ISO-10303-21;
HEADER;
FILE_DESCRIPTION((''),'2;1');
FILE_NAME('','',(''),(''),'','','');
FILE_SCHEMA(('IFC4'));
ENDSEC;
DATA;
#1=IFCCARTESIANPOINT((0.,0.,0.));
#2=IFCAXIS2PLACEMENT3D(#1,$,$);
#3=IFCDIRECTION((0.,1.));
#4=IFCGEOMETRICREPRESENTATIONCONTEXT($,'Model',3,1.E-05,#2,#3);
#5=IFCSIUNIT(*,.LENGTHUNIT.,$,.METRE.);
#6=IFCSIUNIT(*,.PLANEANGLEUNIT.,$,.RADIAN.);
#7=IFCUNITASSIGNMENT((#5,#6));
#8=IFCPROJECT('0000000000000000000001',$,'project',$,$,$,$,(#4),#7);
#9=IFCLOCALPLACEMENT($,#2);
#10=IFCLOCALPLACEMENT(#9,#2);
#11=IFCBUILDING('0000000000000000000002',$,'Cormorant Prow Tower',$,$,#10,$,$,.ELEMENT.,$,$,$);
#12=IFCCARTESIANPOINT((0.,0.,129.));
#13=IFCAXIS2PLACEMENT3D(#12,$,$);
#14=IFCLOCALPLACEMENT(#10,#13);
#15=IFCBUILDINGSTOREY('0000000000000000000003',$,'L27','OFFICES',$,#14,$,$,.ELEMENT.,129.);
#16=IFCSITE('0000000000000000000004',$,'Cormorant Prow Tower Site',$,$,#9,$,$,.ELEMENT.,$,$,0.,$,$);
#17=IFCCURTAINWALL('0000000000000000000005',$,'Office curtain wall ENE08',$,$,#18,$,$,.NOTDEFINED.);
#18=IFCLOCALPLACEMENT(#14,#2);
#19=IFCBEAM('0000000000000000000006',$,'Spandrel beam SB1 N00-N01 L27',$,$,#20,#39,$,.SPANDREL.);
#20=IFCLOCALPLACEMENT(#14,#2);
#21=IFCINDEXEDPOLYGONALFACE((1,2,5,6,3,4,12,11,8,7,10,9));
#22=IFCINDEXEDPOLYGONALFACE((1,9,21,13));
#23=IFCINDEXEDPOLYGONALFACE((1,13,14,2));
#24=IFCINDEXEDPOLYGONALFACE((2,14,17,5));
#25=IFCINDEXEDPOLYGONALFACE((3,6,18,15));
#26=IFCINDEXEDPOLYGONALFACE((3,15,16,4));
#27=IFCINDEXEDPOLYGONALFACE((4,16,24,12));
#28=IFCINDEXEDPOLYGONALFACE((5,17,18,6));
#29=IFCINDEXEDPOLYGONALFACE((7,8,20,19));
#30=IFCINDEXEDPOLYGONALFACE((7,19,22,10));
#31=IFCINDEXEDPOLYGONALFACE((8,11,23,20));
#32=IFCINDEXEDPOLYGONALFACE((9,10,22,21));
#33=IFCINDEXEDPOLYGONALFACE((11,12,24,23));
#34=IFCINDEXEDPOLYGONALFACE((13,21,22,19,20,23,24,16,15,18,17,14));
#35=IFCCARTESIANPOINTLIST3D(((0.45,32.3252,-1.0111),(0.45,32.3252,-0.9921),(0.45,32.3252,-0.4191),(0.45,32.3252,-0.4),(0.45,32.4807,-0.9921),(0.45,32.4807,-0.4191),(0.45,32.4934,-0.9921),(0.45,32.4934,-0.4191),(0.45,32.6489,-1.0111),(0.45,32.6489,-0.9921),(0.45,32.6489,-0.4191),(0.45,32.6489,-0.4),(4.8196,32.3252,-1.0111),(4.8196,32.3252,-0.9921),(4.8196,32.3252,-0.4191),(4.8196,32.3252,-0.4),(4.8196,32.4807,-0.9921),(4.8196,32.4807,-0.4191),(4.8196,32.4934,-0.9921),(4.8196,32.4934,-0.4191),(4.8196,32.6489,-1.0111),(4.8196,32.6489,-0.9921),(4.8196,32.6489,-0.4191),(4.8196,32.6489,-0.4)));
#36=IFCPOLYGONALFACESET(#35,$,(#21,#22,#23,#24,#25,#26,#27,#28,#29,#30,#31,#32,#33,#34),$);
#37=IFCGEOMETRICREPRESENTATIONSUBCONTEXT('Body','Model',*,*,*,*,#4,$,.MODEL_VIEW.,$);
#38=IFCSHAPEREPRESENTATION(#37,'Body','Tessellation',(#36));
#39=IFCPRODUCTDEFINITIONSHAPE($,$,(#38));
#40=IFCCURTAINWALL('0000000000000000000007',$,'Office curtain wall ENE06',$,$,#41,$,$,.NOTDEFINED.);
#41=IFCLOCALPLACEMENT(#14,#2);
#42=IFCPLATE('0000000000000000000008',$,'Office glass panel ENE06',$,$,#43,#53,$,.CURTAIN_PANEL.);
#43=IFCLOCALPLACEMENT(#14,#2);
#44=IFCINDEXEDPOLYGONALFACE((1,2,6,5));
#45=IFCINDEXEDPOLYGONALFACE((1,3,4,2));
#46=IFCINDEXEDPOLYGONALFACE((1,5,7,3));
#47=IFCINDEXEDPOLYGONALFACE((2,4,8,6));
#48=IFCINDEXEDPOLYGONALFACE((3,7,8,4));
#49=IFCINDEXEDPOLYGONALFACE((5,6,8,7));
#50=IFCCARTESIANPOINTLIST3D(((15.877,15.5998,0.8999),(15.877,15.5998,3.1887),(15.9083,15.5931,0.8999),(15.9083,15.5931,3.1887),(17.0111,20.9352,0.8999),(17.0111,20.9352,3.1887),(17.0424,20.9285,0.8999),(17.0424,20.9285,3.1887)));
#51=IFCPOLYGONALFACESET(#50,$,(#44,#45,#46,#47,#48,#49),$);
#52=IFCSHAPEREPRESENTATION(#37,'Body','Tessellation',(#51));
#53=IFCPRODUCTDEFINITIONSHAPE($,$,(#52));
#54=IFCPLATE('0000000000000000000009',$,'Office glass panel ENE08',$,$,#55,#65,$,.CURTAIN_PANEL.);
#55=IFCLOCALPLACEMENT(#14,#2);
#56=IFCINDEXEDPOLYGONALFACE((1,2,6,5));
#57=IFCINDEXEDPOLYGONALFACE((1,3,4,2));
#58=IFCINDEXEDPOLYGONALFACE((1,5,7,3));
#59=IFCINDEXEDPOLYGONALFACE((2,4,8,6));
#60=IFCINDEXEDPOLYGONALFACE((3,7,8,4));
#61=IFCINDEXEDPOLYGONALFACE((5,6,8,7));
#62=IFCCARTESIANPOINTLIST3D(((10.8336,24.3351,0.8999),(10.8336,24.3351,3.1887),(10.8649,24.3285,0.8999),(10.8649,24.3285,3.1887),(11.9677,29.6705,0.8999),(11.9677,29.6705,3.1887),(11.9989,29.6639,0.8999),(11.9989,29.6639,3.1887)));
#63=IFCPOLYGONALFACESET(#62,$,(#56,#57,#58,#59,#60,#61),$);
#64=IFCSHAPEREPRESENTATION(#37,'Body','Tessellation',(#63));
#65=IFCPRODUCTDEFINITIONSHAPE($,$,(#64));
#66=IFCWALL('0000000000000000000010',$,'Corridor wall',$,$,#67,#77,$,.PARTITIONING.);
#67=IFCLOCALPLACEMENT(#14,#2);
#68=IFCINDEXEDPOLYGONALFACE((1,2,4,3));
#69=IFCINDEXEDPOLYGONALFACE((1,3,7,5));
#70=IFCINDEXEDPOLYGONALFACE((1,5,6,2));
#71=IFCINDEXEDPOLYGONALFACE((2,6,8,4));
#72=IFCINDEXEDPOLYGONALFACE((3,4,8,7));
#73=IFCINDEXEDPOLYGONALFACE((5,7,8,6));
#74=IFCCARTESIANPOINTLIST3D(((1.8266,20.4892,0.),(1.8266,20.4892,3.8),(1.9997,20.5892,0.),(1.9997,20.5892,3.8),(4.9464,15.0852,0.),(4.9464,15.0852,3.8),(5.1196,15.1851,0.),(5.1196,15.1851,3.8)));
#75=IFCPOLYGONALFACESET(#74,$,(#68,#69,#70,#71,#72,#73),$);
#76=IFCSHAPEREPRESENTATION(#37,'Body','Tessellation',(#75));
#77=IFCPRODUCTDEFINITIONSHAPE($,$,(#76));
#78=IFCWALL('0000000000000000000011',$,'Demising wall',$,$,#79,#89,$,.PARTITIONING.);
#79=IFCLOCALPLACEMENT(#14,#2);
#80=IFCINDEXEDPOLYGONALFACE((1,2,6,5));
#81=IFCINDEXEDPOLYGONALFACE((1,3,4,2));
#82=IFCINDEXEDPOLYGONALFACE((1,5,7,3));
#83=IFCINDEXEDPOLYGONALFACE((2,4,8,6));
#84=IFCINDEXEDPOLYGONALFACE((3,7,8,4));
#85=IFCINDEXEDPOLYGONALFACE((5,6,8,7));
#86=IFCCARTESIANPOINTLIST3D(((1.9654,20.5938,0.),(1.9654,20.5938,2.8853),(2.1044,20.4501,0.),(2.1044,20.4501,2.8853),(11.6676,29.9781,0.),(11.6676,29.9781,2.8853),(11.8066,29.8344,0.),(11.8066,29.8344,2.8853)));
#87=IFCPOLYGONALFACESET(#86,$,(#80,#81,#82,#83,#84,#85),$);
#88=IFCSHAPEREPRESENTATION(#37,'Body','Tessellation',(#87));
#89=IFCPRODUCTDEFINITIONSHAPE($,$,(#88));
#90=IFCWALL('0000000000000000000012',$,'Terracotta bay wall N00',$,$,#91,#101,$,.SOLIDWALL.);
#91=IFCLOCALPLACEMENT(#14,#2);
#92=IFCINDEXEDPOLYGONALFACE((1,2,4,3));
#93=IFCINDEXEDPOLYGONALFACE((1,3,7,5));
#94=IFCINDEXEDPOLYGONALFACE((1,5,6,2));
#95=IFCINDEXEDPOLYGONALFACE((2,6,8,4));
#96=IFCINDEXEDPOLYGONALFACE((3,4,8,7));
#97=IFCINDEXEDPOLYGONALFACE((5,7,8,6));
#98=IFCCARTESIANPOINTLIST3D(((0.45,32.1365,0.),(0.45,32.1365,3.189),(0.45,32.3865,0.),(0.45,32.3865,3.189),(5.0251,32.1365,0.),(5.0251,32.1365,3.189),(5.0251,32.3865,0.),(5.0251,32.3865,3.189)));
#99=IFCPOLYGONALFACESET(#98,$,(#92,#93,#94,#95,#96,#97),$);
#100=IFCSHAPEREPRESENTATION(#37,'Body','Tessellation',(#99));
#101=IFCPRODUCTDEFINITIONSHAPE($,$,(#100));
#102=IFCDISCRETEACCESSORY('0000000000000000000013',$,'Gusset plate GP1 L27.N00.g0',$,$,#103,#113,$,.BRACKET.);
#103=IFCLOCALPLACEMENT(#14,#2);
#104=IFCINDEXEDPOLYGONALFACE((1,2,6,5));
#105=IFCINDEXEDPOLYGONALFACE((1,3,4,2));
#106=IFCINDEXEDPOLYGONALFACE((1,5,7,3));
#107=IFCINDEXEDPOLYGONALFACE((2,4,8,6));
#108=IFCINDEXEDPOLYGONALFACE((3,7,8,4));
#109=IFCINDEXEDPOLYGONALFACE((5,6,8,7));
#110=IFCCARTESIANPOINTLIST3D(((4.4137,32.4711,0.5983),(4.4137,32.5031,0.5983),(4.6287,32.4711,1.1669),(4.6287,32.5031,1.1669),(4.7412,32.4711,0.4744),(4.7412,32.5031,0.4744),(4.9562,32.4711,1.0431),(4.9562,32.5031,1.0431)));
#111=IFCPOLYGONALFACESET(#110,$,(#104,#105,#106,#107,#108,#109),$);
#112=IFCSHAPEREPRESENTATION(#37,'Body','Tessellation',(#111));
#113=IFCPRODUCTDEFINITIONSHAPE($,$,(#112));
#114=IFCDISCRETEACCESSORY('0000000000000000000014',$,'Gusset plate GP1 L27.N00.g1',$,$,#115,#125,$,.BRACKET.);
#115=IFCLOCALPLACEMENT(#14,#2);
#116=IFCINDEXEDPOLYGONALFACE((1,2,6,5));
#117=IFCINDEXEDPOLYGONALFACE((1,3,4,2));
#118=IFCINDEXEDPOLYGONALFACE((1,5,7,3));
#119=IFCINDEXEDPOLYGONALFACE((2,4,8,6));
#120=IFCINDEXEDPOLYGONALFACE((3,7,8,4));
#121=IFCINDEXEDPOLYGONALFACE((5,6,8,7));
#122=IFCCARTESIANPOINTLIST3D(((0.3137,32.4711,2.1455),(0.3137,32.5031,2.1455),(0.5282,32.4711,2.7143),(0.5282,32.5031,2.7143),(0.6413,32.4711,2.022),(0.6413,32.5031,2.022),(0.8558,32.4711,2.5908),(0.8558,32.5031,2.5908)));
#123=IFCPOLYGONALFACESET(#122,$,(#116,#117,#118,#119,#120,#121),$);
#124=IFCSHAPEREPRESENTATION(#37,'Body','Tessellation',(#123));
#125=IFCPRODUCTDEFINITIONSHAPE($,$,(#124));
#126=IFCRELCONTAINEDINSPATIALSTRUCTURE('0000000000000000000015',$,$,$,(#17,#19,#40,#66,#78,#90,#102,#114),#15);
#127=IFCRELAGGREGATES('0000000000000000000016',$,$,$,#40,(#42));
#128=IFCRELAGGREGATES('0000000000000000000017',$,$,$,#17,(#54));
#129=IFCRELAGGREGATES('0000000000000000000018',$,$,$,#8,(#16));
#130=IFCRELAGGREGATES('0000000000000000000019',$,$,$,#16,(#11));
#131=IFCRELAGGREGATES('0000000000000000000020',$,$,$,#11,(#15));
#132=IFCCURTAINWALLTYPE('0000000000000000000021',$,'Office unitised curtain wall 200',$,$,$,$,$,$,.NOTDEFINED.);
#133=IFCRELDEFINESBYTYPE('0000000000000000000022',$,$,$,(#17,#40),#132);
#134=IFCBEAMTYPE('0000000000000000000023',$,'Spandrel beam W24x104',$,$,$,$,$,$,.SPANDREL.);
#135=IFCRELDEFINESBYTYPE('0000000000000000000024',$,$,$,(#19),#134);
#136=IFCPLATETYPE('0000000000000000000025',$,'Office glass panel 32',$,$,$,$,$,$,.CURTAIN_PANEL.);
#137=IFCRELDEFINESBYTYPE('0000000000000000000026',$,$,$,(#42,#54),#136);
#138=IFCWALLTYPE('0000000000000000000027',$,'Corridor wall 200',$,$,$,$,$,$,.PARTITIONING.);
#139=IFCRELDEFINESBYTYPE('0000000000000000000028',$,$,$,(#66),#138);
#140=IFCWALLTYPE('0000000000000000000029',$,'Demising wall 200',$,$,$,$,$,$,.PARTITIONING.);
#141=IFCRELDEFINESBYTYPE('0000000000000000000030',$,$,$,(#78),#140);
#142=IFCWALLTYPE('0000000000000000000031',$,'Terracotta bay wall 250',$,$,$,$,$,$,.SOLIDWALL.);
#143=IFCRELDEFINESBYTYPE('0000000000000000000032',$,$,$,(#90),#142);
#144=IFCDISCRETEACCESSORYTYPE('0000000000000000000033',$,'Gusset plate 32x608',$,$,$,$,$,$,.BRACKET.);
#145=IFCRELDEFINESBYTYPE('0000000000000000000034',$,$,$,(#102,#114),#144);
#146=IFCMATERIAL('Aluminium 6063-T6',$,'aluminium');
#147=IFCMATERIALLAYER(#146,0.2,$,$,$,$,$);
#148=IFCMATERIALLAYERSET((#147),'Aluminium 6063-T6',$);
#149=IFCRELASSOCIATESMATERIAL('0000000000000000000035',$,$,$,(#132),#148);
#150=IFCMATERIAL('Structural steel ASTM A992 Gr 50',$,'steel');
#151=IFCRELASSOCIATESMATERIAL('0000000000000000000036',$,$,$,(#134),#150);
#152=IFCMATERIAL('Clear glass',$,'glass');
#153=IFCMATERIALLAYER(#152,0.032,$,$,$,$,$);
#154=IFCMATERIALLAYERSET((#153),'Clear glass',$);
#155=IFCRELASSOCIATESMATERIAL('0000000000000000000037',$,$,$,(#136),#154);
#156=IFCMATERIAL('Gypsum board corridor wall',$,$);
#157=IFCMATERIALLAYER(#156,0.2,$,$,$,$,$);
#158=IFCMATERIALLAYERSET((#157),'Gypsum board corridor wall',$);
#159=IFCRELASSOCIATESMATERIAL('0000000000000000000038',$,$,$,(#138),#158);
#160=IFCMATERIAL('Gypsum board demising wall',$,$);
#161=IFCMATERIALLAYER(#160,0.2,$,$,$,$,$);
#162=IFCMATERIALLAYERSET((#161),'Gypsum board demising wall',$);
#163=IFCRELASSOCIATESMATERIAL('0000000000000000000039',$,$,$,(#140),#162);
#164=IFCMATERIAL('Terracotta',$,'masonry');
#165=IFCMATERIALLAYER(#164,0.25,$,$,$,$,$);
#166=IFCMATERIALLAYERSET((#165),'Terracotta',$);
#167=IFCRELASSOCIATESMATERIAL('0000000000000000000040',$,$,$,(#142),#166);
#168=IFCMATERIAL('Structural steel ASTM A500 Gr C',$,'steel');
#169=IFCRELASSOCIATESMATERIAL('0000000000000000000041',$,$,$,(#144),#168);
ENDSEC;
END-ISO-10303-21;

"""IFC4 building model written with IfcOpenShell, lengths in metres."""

from ifc_helpers import new_model, si_unit, direction, frame, frame_2d, origin, origin_2d, place, context, subcontext, project, spatial, rectangle, i_section, extrude, material, layer, layer_set, material_profile, profile_set, type_object, element, aggregate, save


model = new_model("IFC4")

# Units and contexts
model_context = context("Model", 3, precision=1e-05, world=origin(), true_north=direction((0.0, 1.0)))
body_context = subcontext(model_context, "Body", "Model", "MODEL_VIEW")
ifc_project = project(units=[si_unit("LENGTHUNIT", "METRE"), si_unit("PLANEANGLEUNIT", "RADIAN")], contexts=[model_context])

# Site, building, storey
site_placement = place(None, origin())
site = spatial("IfcSite", under=ifc_project, at=site_placement, Name="Cormorant Prow Tower Site", CompositionType="ELEMENT", RefElevation=0.0)
building_placement = place(site_placement, origin())
building = spatial("IfcBuilding", under=site, at=building_placement, Name="Cormorant Prow Tower", CompositionType="ELEMENT")
storey_placement = place(building_placement, frame((0.0, 0.0, 129.0)))
storey = spatial("IfcBuildingStorey", under=building, at=storey_placement, Name="L27", Description="OFFICES", CompositionType="ELEMENT", Elevation=129.0)

# Curtain wall
ifc_material_1 = material(Name="Aluminium 6063-T6", Category="aluminium")
ifc_layer_1 = layer(ifc_material_1, 0.2)
ifc_layer_set_1 = layer_set([ifc_layer_1], Name="Aluminium 6063-T6")
curtain_wall_type = type_object("IfcCurtainWallType", Name="Office unitised curtain wall 200", PredefinedType="NOTDEFINED", material=ifc_layer_set_1)
curtain_wall_1_placement = place(storey_placement, origin())
curtain_wall_1 = element("IfcCurtainWall", 1, at=curtain_wall_1_placement, inside=storey, type_object=curtain_wall_type, Name="Office curtain wall ENE08", PredefinedType="NOTDEFINED")

# Beam
ifc_material_2 = material(Name="Structural steel ASTM A992 Gr 50", Category="steel")
ifc_material_profile_1 = material_profile(ifc_material_2, i_section(OverallWidth=0.3237, OverallDepth=0.6111, WebThickness=0.0127, FlangeThickness=0.019, at=origin_2d()), Name="W24x104")
ifc_profile_set_1 = profile_set([ifc_material_profile_1], Name="Structural steel ASTM A992 Gr 50")
beam_type = type_object("IfcBeamType", Name="Spandrel beam W24x104", PredefinedType="SPANDREL", material=ifc_profile_set_1)
beam_1_placement = place(storey_placement, frame((4.8196, 32.4871, -0.7056), z_axis=(-1.0, 0.0, 0.0), x_axis=(0.0, -1.0, 0.0)))
element("IfcBeam", 2, at=beam_1_placement, inside=storey, type_object=beam_type, Name="Spandrel beam SB1 N00-N01 L27", PredefinedType="SPANDREL", context=body_context, shape_type="SweptSolid", body=[
    extrude(i_section(OverallWidth=0.3237, OverallDepth=0.6111, WebThickness=0.0127, FlangeThickness=0.019, at=origin_2d()), origin(), (0.0, 0.0, 1.0), 4.3696),
])

# Curtain wall, plate
curtain_wall_2_placement = place(storey_placement, origin())
curtain_wall_2 = element("IfcCurtainWall", 3, at=curtain_wall_2_placement, inside=storey, type_object=curtain_wall_type, Name="Office curtain wall ENE06", PredefinedType="NOTDEFINED")
ifc_material_3 = material(Name="Clear glass", Category="glass")
ifc_layer_2 = layer(ifc_material_3, 0.032)
ifc_layer_set_2 = layer_set([ifc_layer_2], Name="Clear glass")
plate_type = type_object("IfcPlateType", Name="Office glass panel 32", PredefinedType="CURTAIN_PANEL", material=ifc_layer_set_2)
plate_1_placement = place(storey_placement, frame((16.4597, 18.2642, 0.8999), z_axis=(0.0, 0.0, 1.0), x_axis=(0.207912, 0.978148, 0.0)))
plate_1 = element("IfcPlate", 4, at=plate_1_placement, type_object=plate_type, Name="Office glass panel ENE06", PredefinedType="CURTAIN_PANEL", context=body_context, shape_type="SweptSolid", body=[
    extrude(rectangle(XDim=5.4546, YDim=0.032, at=origin_2d()), origin(), (0.0, 0.0, 1.0), 2.2888),
])
aggregate(curtain_wall_2, [plate_1])

# Plate
plate_2_placement = place(storey_placement, frame((11.4163, 26.9995, 0.8999), z_axis=(0.0, 0.0, 1.0), x_axis=(0.207912, 0.978148, 0.0)))
plate_2 = element("IfcPlate", 5, at=plate_2_placement, type_object=plate_type, Name="Office glass panel ENE08", PredefinedType="CURTAIN_PANEL", context=body_context, shape_type="SweptSolid", body=[
    extrude(rectangle(XDim=5.4546, YDim=0.032, at=origin_2d()), origin(), (0.0, 0.0, 1.0), 2.2888),
])
aggregate(curtain_wall_1, [plate_2])

# Walls
ifc_material_4 = material(Name="Gypsum board corridor wall")
ifc_layer_3 = layer(ifc_material_4, 0.2)
ifc_layer_set_3 = layer_set([ifc_layer_3], Name="Gypsum board corridor wall")
wall_type_1 = type_object("IfcWallType", Name="Corridor wall 200", PredefinedType="PARTITIONING", material=ifc_layer_set_3)
wall_1_placement = place(storey_placement, frame((1.9131, 20.5393, 0.0), z_axis=(0.0, 0.0, 1.0), x_axis=(0.499981, -0.866036, 0.0)))
element("IfcWall", 6, at=wall_1_placement, inside=storey, type_object=wall_type_1, Name="Corridor wall", PredefinedType="PARTITIONING", context=body_context, shape_type="SweptSolid", body=[
    extrude(rectangle(XDim=6.24, YDim=0.2, at=frame_2d((3.1201, 0.0))), origin(), (0.0, 0.0, 1.0), 3.8),
])
ifc_material_5 = material(Name="Gypsum board demising wall")
ifc_layer_4 = layer(ifc_material_5, 0.2)
ifc_layer_set_4 = layer_set([ifc_layer_4], Name="Gypsum board demising wall")
wall_type_2 = type_object("IfcWallType", Name="Demising wall 200", PredefinedType="PARTITIONING", material=ifc_layer_set_4)
wall_2_placement = place(storey_placement, frame((2.0349, 20.522, 0.0), z_axis=(0.0, 0.0, 1.0), x_axis=(0.718783, 0.695234, 0.0)))
element("IfcWall", 7, at=wall_2_placement, inside=storey, type_object=wall_type_2, Name="Demising wall", PredefinedType="PARTITIONING", context=body_context, shape_type="SweptSolid", body=[
    extrude(rectangle(XDim=13.498, YDim=0.2, at=frame_2d((6.749, 0.0))), origin(), (0.0, 0.0, 1.0), 2.8853),
])
ifc_material_6 = material(Name="Terracotta", Category="masonry")
ifc_layer_5 = layer(ifc_material_6, 0.25)
ifc_layer_set_5 = layer_set([ifc_layer_5], Name="Terracotta")
wall_type_3 = type_object("IfcWallType", Name="Terracotta bay wall 250", PredefinedType="SOLIDWALL", material=ifc_layer_set_5)
wall_3_placement = place(storey_placement, frame((5.0251, 32.2615, 0.0), z_axis=(0.0, 0.0, 1.0), x_axis=(-1.0, 0.0, 0.0)))
element("IfcWall", 8, at=wall_3_placement, inside=storey, type_object=wall_type_3, Name="Terracotta bay wall N00", PredefinedType="SOLIDWALL", context=body_context, shape_type="SweptSolid", body=[
    extrude(rectangle(XDim=4.5752, YDim=0.25, at=frame_2d((2.2876, 0.0))), origin(), (0.0, 0.0, 1.0), 3.189),
])

# Discrete accessories
ifc_material_7 = material(Name="Structural steel ASTM A500 Gr C", Category="steel")
ifc_material_profile_2 = material_profile(ifc_material_7, rectangle(XDim=0.032, YDim=0.6079, at=origin_2d()), Name="Gusset plate 32x608")
ifc_profile_set_2 = profile_set([ifc_material_profile_2], Name="Structural steel ASTM A500 Gr C")
discrete_accessory_type = type_object("IfcDiscreteAccessoryType", Name="Gusset plate 32x608", PredefinedType="BRACKET", material=ifc_profile_set_2)
for number, where, z_axis, x_axis, name in (
    (9, (4.5212, 32.4871, 0.8826), (0.93538, 0.0, -0.353645), (0.0, 1.0, 0.0), "Gusset plate GP1 L27.N00.g0"),
    (10, (0.7485, 32.4871, 2.3064), (-0.935697, 0.0, 0.352804), (0.0, -1.0, 0.0), "Gusset plate GP1 L27.N00.g1"),
):
    element("IfcDiscreteAccessory", number, at=place(storey_placement, frame(where, z_axis=z_axis, x_axis=x_axis)), inside=storey, type_object=discrete_accessory_type, Name=name, PredefinedType="BRACKET", context=body_context, shape_type="SweptSolid", body=[
        extrude(rectangle(XDim=0.032, YDim=0.6079, at=origin_2d()), origin(), (0.0, 0.0, 1.0), 0.3501),
    ])

save(model, "model.ifc")
